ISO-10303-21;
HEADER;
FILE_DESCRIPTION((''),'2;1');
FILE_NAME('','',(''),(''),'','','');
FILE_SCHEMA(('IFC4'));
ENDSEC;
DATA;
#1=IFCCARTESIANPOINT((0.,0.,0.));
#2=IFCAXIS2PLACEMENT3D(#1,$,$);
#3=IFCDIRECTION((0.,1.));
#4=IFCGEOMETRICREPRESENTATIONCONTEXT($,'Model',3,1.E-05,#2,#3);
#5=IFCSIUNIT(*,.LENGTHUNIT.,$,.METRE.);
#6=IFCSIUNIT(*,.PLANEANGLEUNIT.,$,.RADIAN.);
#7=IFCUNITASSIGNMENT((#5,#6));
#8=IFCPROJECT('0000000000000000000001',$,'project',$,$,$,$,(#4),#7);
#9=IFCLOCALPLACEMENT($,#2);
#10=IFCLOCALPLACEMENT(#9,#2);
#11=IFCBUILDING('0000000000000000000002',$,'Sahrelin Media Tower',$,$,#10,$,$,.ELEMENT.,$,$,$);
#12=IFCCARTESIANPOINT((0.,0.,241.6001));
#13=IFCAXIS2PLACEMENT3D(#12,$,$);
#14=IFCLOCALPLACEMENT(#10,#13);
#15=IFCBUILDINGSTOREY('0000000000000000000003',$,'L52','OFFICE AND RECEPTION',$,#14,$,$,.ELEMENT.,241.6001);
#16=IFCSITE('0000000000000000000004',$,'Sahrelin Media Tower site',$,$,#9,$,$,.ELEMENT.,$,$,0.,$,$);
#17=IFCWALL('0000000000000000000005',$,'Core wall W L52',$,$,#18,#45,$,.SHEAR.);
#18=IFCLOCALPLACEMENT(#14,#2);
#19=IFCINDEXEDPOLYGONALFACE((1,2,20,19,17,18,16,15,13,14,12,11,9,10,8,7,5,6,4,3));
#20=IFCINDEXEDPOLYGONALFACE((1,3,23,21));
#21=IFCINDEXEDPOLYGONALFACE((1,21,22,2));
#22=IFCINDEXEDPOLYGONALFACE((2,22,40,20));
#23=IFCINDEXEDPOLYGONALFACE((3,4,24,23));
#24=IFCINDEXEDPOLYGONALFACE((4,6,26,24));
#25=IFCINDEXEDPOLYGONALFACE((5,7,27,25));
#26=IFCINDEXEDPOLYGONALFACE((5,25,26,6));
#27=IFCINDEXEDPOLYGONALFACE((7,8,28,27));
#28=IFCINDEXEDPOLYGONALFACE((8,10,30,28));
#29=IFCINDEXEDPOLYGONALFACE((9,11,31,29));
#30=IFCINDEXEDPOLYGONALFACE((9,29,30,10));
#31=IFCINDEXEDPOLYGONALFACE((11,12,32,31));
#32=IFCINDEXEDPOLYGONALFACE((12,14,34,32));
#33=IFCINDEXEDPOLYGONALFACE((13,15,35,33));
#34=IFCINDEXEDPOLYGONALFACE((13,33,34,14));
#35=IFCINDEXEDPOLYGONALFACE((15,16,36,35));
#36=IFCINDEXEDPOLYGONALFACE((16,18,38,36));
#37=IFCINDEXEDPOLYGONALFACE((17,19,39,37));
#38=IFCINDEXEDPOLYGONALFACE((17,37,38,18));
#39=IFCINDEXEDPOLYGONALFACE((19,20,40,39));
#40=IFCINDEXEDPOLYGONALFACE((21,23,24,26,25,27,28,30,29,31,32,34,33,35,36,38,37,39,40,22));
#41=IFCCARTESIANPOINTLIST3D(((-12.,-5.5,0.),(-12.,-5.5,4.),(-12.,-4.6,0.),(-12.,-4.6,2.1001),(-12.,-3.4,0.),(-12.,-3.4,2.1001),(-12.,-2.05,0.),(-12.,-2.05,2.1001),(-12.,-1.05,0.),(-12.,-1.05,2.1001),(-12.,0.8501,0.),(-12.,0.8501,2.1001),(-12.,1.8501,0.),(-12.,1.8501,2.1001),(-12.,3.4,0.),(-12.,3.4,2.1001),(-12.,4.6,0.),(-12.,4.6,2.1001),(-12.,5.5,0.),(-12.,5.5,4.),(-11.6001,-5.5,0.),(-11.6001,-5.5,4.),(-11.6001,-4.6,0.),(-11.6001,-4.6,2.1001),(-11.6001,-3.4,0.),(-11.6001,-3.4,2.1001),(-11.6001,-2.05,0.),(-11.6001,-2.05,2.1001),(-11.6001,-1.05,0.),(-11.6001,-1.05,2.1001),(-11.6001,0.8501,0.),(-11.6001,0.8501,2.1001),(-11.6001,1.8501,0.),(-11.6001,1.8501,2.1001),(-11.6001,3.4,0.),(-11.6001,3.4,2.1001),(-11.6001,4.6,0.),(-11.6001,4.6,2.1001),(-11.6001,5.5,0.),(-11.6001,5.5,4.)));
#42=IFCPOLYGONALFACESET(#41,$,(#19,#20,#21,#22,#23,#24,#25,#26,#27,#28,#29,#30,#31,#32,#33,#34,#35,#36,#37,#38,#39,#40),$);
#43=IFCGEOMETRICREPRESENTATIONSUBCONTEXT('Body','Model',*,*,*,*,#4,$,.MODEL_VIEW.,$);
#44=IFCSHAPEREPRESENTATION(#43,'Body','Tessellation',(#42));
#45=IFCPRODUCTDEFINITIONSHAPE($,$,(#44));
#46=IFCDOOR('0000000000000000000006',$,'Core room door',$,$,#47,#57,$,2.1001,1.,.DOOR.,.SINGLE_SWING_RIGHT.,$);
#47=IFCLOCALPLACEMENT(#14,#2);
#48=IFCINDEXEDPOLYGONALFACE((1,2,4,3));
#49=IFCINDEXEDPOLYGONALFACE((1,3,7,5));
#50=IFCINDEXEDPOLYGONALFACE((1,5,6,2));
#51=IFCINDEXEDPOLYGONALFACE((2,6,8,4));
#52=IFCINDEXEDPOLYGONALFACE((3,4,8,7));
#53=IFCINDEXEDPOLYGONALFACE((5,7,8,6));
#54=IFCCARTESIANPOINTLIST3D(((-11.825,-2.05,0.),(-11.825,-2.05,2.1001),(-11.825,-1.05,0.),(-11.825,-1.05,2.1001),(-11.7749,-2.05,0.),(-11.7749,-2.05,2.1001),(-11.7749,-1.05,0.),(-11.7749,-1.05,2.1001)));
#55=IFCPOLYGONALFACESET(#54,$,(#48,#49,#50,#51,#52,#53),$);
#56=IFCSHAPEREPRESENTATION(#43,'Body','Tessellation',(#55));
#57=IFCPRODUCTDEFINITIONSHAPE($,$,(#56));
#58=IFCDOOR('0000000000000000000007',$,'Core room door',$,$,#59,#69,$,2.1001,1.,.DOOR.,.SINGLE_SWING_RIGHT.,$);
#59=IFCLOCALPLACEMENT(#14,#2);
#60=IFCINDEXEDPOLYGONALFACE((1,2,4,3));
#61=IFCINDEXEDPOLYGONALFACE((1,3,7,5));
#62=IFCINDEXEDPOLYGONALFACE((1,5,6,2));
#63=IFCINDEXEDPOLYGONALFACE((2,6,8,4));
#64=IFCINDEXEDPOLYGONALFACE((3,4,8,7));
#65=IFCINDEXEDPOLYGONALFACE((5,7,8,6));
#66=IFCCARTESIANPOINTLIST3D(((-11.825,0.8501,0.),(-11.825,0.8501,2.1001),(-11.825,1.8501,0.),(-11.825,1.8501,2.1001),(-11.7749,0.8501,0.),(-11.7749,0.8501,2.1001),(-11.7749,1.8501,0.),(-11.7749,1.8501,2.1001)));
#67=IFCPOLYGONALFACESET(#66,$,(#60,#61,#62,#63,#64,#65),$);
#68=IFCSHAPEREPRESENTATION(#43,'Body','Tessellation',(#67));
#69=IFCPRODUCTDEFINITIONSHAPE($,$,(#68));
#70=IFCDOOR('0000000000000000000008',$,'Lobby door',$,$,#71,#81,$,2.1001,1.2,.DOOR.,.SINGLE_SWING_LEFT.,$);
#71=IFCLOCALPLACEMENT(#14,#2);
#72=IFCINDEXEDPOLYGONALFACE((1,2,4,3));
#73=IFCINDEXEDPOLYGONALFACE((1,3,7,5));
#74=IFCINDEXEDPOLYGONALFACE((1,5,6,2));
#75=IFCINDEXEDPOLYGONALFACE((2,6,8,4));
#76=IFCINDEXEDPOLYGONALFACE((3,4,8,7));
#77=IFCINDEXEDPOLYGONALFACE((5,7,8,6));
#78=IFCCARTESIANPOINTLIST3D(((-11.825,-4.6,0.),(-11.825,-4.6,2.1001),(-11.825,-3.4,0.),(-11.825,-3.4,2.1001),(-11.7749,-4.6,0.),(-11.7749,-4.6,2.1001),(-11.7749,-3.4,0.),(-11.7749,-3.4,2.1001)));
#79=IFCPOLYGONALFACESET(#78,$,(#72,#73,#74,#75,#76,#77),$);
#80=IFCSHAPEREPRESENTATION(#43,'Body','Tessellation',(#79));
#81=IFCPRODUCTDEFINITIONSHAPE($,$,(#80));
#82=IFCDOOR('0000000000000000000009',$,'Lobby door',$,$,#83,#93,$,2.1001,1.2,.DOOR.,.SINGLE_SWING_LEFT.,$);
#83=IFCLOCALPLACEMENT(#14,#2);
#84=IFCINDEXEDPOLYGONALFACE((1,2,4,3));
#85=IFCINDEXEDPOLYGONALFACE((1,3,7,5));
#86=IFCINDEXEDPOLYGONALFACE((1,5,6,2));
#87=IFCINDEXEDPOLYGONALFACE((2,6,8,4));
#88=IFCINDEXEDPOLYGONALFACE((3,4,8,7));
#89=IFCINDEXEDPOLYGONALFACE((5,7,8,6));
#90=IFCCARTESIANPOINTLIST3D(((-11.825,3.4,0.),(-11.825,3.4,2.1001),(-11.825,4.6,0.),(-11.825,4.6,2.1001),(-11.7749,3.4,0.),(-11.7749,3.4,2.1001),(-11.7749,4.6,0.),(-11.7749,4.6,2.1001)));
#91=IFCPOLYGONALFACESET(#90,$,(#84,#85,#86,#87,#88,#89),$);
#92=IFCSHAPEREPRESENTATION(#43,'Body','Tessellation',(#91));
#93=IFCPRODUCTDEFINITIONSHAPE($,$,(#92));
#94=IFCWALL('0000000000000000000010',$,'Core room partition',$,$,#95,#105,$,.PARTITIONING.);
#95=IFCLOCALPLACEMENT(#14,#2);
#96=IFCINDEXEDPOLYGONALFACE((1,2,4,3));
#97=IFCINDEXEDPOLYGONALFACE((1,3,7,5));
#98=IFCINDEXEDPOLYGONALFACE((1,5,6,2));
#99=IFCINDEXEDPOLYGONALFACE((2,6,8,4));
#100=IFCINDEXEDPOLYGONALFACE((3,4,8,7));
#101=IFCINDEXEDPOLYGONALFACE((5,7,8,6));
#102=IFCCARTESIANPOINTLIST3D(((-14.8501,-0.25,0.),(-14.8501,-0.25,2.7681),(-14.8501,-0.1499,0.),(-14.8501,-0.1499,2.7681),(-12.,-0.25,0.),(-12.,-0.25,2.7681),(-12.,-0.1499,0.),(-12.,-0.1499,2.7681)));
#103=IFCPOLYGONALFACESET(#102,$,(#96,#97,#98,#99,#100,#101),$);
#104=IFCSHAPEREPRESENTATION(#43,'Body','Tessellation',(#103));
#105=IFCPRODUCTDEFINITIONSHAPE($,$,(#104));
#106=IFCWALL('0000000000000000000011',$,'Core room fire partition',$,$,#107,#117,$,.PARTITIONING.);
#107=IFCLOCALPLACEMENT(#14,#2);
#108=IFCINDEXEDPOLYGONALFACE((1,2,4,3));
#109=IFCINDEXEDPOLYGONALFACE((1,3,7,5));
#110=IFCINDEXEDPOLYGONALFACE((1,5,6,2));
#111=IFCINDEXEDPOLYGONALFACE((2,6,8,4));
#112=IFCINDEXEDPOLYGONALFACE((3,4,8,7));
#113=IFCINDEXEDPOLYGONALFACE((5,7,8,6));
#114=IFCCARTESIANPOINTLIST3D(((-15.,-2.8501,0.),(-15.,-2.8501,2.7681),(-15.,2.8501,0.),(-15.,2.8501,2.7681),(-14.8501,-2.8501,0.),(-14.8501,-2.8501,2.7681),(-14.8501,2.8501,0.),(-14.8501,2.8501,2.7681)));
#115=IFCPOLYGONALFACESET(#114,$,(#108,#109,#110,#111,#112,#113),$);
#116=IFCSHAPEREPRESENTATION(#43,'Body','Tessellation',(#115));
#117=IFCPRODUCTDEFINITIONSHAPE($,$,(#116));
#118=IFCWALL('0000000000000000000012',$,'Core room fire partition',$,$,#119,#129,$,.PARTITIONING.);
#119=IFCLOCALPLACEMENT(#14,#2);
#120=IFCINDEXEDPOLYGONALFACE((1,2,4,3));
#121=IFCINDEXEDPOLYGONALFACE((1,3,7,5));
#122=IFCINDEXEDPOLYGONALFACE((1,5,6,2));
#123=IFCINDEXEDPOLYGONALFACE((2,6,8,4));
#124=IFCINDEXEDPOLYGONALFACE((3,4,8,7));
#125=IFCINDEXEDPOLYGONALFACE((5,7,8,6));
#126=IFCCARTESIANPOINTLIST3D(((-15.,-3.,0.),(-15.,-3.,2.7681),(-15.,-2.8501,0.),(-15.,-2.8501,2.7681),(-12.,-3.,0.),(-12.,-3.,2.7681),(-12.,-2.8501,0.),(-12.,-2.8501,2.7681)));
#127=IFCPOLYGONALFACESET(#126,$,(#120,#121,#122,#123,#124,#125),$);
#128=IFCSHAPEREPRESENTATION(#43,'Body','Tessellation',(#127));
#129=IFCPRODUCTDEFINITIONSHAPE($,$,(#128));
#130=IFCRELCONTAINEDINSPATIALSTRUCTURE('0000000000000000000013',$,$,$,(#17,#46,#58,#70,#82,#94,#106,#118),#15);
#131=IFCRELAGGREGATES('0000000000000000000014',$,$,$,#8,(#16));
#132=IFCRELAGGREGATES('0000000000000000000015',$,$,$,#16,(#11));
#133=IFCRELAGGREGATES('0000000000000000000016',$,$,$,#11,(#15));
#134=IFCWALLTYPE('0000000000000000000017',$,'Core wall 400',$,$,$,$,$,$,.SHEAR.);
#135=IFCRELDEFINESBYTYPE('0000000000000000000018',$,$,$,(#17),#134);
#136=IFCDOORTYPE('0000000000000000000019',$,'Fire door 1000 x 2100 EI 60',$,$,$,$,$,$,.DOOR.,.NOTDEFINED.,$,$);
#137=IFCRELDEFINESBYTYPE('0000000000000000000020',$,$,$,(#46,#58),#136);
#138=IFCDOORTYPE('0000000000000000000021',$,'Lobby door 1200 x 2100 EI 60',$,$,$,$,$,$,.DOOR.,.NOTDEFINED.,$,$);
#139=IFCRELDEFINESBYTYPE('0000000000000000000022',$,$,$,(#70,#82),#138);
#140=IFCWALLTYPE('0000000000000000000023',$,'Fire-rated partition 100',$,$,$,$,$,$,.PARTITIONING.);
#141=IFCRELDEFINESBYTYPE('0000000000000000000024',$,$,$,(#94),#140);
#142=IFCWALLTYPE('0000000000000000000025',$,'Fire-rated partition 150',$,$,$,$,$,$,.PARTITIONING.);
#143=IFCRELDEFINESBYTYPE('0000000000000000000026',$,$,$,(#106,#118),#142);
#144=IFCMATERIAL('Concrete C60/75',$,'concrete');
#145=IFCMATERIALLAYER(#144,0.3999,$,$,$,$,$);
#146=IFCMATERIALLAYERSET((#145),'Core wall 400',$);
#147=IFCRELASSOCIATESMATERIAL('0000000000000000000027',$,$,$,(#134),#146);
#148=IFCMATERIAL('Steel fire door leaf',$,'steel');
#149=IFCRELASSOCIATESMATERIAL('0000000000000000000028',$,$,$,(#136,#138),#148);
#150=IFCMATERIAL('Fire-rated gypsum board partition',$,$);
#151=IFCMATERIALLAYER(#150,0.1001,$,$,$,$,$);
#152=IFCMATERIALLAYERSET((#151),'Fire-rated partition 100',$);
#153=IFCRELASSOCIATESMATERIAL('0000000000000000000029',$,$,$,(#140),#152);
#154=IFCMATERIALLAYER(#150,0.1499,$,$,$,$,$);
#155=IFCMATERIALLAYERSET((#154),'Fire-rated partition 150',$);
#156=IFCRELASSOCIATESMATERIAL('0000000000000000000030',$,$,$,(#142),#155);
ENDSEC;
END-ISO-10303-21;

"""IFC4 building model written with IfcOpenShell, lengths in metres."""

from ifc_helpers import new_model, si_unit, direction, frame, frame_2d, origin, place, context, subcontext, project, spatial, rectangle, extrude, material, layer, layer_set, type_object, element, fill, save


model = new_model("IFC4")

# Units and contexts
model_context = context("Model", 3, precision=1e-05, world=origin(), true_north=direction((0.0, 1.0)))
body_context = subcontext(model_context, "Body", "Model", "MODEL_VIEW")
ifc_project = project(units=[si_unit("LENGTHUNIT", "METRE"), si_unit("PLANEANGLEUNIT", "RADIAN")], contexts=[model_context])

# Site, building, storey
site_placement = place(None, origin())
site = spatial("IfcSite", under=ifc_project, at=site_placement, Name="Sahrelin Media Tower site", CompositionType="ELEMENT", RefElevation=0.0)
building_placement = place(site_placement, origin())
building = spatial("IfcBuilding", under=site, at=building_placement, Name="Sahrelin Media Tower", CompositionType="ELEMENT")
storey_placement = place(building_placement, frame((0.0, 0.0, 241.6001)))
storey = spatial("IfcBuildingStorey", under=building, at=storey_placement, Name="L52", Description="OFFICE AND RECEPTION", CompositionType="ELEMENT", Elevation=241.6001)

# Wall, openings, doors
ifc_material_1 = material(Name="Concrete C60/75", Category="concrete")
ifc_layer_1 = layer(ifc_material_1, 0.3999)
ifc_layer_set_1 = layer_set([ifc_layer_1], Name="Core wall 400")
wall_type_1 = type_object("IfcWallType", Name="Core wall 400", PredefinedType="SHEAR", material=ifc_layer_set_1)
wall_1_placement = place(storey_placement, frame((-11.8, -5.5, 0.0), z_axis=(0.0, 0.0, 1.0), x_axis=(0.0, 1.0, 0.0)))
wall_1 = element("IfcWall", 1, at=wall_1_placement, inside=storey, type_object=wall_type_1, Name="Core wall W L52", PredefinedType="SHEAR", context=body_context, shape_type="SweptSolid", body=[
    extrude(rectangle(XDim=11.0, YDim=0.3999, at=frame_2d((5.5, 0.0))), origin(), (0.0, 0.0, 1.0), 4.0),
])
opening_1_placement = place(wall_1_placement, frame((3.45, 0.0, 0.0)))
opening_1 = element("IfcOpeningElement", 2, at=opening_1_placement, cuts=wall_1, PredefinedType="OPENING", context=body_context, shape_type="SweptSolid", body=[
    extrude(rectangle(XDim=1.0, YDim=2.1001, at=frame_2d((0.5, 1.05))), frame((0.0, 0.2, 0.0), z_axis=(0.0, -1.0, 0.0), x_axis=(1.0, 0.0, 0.0)), (0.0, 0.0, 1.0), 0.3999),
])
opening_2_placement = place(wall_1_placement, frame((6.3501, 0.0, 0.0)))
opening_2 = element("IfcOpeningElement", 3, at=opening_2_placement, cuts=wall_1, PredefinedType="OPENING", context=body_context, shape_type="SweptSolid", body=[
    extrude(rectangle(XDim=1.0, YDim=2.1001, at=frame_2d((0.5, 1.05))), frame((0.0, 0.2, 0.0), z_axis=(0.0, -1.0, 0.0), x_axis=(1.0, 0.0, 0.0)), (0.0, 0.0, 1.0), 0.3999),
])
opening_3_placement = place(wall_1_placement, frame((0.8999, 0.0, 0.0)))
opening_3 = element("IfcOpeningElement", 4, at=opening_3_placement, cuts=wall_1, PredefinedType="OPENING", context=body_context, shape_type="SweptSolid", body=[
    extrude(rectangle(XDim=1.2, YDim=2.1001, at=frame_2d((0.6001, 1.05))), frame((0.0, 0.2, 0.0), z_axis=(0.0, -1.0, 0.0), x_axis=(1.0, 0.0, 0.0)), (0.0, 0.0, 1.0), 0.3999),
])
opening_4_placement = place(wall_1_placement, frame((8.8999, 0.0, 0.0)))
opening_4 = element("IfcOpeningElement", 5, at=opening_4_placement, cuts=wall_1, PredefinedType="OPENING", context=body_context, shape_type="SweptSolid", body=[
    extrude(rectangle(XDim=1.2, YDim=2.1001, at=frame_2d((0.6001, 1.05))), frame((0.0, 0.2, 0.0), z_axis=(0.0, -1.0, 0.0), x_axis=(1.0, 0.0, 0.0)), (0.0, 0.0, 1.0), 0.3999),
])
ifc_material_2 = material(Name="Steel fire door leaf", Category="steel")
door_type_1 = type_object("IfcDoorType", Name="Fire door 1000 x 2100 EI 60", OperationType="NOTDEFINED", PredefinedType="DOOR", material=ifc_material_2)
door_1_placement = place(opening_1_placement, origin())
door_1 = element("IfcDoor", 6, at=door_1_placement, inside=storey, type_object=door_type_1, Name="Core room door", OperationType="SINGLE_SWING_RIGHT", OverallHeight=2.1001, OverallWidth=1.0, PredefinedType="DOOR", context=body_context, shape_type="SweptSolid", body=[
    extrude(rectangle(XDim=1.0, YDim=2.1001, at=frame_2d((0.5, 1.05))), frame((0.0, 0.0249, 0.0), z_axis=(0.0, -1.0, 0.0), x_axis=(1.0, 0.0, 0.0)), (0.0, 0.0, 1.0), 0.05),
])
fill(opening_1, door_1)
door_2_placement = place(opening_2_placement, origin())
door_2 = element("IfcDoor", 7, at=door_2_placement, inside=storey, type_object=door_type_1, Name="Core room door", OperationType="SINGLE_SWING_RIGHT", OverallHeight=2.1001, OverallWidth=1.0, PredefinedType="DOOR", context=body_context, shape_type="SweptSolid", body=[
    extrude(rectangle(XDim=1.0, YDim=2.1001, at=frame_2d((0.5, 1.05))), frame((0.0, 0.0249, 0.0), z_axis=(0.0, -1.0, 0.0), x_axis=(1.0, 0.0, 0.0)), (0.0, 0.0, 1.0), 0.05),
])
fill(opening_2, door_2)
door_type_2 = type_object("IfcDoorType", Name="Lobby door 1200 x 2100 EI 60", OperationType="NOTDEFINED", PredefinedType="DOOR", material=ifc_material_2)
door_3_placement = place(opening_3_placement, origin())
door_3 = element("IfcDoor", 8, at=door_3_placement, inside=storey, type_object=door_type_2, Name="Lobby door", OperationType="SINGLE_SWING_LEFT", OverallHeight=2.1001, OverallWidth=1.2, PredefinedType="DOOR", context=body_context, shape_type="SweptSolid", body=[
    extrude(rectangle(XDim=1.2, YDim=2.1001, at=frame_2d((0.6001, 1.05))), frame((0.0, 0.0249, 0.0), z_axis=(0.0, -1.0, 0.0), x_axis=(1.0, 0.0, 0.0)), (0.0, 0.0, 1.0), 0.05),
])
fill(opening_3, door_3)
door_4_placement = place(opening_4_placement, origin())
door_4 = element("IfcDoor", 9, at=door_4_placement, inside=storey, type_object=door_type_2, Name="Lobby door", OperationType="SINGLE_SWING_LEFT", OverallHeight=2.1001, OverallWidth=1.2, PredefinedType="DOOR", context=body_context, shape_type="SweptSolid", body=[
    extrude(rectangle(XDim=1.2, YDim=2.1001, at=frame_2d((0.6001, 1.05))), frame((0.0, 0.0249, 0.0), z_axis=(0.0, -1.0, 0.0), x_axis=(1.0, 0.0, 0.0)), (0.0, 0.0, 1.0), 0.05),
])
fill(opening_4, door_4)

# Walls
ifc_material_3 = material(Name="Fire-rated gypsum board partition")
ifc_layer_2 = layer(ifc_material_3, 0.1001)
ifc_layer_set_2 = layer_set([ifc_layer_2], Name="Fire-rated partition 100")
wall_type_2 = type_object("IfcWallType", Name="Fire-rated partition 100", PredefinedType="PARTITIONING", material=ifc_layer_set_2)
wall_2_placement = place(storey_placement, frame((-14.8501, -0.2, 0.0), z_axis=(0.0, 0.0, 1.0), x_axis=(1.0, 0.0, 0.0)))
element("IfcWall", 10, at=wall_2_placement, inside=storey, type_object=wall_type_2, Name="Core room partition", PredefinedType="PARTITIONING", context=body_context, shape_type="SweptSolid", body=[
    extrude(rectangle(XDim=2.8501, YDim=0.1001, at=frame_2d((1.425, 0.0))), origin(), (0.0, 0.0, 1.0), 2.7681),
])
ifc_layer_3 = layer(ifc_material_3, 0.1499)
ifc_layer_set_3 = layer_set([ifc_layer_3], Name="Fire-rated partition 150")
wall_type_3 = type_object("IfcWallType", Name="Fire-rated partition 150", PredefinedType="PARTITIONING", material=ifc_layer_set_3)
wall_3_placement = place(storey_placement, frame((-14.925, -2.8501, 0.0), z_axis=(0.0, 0.0, 1.0), x_axis=(0.0, 1.0, 0.0)))
element("IfcWall", 11, at=wall_3_placement, inside=storey, type_object=wall_type_3, Name="Core room fire partition", PredefinedType="PARTITIONING", context=body_context, shape_type="SweptSolid", body=[
    extrude(rectangle(XDim=5.7002, YDim=0.1499, at=frame_2d((2.8501, 0.0))), origin(), (0.0, 0.0, 1.0), 2.7681),
])
wall_4_placement = place(storey_placement, frame((-15.0, -2.925, 0.0), z_axis=(0.0, 0.0, 1.0), x_axis=(1.0, 0.0, 0.0)))
element("IfcWall", 12, at=wall_4_placement, inside=storey, type_object=wall_type_3, Name="Core room fire partition", PredefinedType="PARTITIONING", context=body_context, shape_type="SweptSolid", body=[
    extrude(rectangle(XDim=3.0, YDim=0.1499, at=frame_2d((1.5, 0.0))), origin(), (0.0, 0.0, 1.0), 2.7681),
])

save(model, "model.ifc")
